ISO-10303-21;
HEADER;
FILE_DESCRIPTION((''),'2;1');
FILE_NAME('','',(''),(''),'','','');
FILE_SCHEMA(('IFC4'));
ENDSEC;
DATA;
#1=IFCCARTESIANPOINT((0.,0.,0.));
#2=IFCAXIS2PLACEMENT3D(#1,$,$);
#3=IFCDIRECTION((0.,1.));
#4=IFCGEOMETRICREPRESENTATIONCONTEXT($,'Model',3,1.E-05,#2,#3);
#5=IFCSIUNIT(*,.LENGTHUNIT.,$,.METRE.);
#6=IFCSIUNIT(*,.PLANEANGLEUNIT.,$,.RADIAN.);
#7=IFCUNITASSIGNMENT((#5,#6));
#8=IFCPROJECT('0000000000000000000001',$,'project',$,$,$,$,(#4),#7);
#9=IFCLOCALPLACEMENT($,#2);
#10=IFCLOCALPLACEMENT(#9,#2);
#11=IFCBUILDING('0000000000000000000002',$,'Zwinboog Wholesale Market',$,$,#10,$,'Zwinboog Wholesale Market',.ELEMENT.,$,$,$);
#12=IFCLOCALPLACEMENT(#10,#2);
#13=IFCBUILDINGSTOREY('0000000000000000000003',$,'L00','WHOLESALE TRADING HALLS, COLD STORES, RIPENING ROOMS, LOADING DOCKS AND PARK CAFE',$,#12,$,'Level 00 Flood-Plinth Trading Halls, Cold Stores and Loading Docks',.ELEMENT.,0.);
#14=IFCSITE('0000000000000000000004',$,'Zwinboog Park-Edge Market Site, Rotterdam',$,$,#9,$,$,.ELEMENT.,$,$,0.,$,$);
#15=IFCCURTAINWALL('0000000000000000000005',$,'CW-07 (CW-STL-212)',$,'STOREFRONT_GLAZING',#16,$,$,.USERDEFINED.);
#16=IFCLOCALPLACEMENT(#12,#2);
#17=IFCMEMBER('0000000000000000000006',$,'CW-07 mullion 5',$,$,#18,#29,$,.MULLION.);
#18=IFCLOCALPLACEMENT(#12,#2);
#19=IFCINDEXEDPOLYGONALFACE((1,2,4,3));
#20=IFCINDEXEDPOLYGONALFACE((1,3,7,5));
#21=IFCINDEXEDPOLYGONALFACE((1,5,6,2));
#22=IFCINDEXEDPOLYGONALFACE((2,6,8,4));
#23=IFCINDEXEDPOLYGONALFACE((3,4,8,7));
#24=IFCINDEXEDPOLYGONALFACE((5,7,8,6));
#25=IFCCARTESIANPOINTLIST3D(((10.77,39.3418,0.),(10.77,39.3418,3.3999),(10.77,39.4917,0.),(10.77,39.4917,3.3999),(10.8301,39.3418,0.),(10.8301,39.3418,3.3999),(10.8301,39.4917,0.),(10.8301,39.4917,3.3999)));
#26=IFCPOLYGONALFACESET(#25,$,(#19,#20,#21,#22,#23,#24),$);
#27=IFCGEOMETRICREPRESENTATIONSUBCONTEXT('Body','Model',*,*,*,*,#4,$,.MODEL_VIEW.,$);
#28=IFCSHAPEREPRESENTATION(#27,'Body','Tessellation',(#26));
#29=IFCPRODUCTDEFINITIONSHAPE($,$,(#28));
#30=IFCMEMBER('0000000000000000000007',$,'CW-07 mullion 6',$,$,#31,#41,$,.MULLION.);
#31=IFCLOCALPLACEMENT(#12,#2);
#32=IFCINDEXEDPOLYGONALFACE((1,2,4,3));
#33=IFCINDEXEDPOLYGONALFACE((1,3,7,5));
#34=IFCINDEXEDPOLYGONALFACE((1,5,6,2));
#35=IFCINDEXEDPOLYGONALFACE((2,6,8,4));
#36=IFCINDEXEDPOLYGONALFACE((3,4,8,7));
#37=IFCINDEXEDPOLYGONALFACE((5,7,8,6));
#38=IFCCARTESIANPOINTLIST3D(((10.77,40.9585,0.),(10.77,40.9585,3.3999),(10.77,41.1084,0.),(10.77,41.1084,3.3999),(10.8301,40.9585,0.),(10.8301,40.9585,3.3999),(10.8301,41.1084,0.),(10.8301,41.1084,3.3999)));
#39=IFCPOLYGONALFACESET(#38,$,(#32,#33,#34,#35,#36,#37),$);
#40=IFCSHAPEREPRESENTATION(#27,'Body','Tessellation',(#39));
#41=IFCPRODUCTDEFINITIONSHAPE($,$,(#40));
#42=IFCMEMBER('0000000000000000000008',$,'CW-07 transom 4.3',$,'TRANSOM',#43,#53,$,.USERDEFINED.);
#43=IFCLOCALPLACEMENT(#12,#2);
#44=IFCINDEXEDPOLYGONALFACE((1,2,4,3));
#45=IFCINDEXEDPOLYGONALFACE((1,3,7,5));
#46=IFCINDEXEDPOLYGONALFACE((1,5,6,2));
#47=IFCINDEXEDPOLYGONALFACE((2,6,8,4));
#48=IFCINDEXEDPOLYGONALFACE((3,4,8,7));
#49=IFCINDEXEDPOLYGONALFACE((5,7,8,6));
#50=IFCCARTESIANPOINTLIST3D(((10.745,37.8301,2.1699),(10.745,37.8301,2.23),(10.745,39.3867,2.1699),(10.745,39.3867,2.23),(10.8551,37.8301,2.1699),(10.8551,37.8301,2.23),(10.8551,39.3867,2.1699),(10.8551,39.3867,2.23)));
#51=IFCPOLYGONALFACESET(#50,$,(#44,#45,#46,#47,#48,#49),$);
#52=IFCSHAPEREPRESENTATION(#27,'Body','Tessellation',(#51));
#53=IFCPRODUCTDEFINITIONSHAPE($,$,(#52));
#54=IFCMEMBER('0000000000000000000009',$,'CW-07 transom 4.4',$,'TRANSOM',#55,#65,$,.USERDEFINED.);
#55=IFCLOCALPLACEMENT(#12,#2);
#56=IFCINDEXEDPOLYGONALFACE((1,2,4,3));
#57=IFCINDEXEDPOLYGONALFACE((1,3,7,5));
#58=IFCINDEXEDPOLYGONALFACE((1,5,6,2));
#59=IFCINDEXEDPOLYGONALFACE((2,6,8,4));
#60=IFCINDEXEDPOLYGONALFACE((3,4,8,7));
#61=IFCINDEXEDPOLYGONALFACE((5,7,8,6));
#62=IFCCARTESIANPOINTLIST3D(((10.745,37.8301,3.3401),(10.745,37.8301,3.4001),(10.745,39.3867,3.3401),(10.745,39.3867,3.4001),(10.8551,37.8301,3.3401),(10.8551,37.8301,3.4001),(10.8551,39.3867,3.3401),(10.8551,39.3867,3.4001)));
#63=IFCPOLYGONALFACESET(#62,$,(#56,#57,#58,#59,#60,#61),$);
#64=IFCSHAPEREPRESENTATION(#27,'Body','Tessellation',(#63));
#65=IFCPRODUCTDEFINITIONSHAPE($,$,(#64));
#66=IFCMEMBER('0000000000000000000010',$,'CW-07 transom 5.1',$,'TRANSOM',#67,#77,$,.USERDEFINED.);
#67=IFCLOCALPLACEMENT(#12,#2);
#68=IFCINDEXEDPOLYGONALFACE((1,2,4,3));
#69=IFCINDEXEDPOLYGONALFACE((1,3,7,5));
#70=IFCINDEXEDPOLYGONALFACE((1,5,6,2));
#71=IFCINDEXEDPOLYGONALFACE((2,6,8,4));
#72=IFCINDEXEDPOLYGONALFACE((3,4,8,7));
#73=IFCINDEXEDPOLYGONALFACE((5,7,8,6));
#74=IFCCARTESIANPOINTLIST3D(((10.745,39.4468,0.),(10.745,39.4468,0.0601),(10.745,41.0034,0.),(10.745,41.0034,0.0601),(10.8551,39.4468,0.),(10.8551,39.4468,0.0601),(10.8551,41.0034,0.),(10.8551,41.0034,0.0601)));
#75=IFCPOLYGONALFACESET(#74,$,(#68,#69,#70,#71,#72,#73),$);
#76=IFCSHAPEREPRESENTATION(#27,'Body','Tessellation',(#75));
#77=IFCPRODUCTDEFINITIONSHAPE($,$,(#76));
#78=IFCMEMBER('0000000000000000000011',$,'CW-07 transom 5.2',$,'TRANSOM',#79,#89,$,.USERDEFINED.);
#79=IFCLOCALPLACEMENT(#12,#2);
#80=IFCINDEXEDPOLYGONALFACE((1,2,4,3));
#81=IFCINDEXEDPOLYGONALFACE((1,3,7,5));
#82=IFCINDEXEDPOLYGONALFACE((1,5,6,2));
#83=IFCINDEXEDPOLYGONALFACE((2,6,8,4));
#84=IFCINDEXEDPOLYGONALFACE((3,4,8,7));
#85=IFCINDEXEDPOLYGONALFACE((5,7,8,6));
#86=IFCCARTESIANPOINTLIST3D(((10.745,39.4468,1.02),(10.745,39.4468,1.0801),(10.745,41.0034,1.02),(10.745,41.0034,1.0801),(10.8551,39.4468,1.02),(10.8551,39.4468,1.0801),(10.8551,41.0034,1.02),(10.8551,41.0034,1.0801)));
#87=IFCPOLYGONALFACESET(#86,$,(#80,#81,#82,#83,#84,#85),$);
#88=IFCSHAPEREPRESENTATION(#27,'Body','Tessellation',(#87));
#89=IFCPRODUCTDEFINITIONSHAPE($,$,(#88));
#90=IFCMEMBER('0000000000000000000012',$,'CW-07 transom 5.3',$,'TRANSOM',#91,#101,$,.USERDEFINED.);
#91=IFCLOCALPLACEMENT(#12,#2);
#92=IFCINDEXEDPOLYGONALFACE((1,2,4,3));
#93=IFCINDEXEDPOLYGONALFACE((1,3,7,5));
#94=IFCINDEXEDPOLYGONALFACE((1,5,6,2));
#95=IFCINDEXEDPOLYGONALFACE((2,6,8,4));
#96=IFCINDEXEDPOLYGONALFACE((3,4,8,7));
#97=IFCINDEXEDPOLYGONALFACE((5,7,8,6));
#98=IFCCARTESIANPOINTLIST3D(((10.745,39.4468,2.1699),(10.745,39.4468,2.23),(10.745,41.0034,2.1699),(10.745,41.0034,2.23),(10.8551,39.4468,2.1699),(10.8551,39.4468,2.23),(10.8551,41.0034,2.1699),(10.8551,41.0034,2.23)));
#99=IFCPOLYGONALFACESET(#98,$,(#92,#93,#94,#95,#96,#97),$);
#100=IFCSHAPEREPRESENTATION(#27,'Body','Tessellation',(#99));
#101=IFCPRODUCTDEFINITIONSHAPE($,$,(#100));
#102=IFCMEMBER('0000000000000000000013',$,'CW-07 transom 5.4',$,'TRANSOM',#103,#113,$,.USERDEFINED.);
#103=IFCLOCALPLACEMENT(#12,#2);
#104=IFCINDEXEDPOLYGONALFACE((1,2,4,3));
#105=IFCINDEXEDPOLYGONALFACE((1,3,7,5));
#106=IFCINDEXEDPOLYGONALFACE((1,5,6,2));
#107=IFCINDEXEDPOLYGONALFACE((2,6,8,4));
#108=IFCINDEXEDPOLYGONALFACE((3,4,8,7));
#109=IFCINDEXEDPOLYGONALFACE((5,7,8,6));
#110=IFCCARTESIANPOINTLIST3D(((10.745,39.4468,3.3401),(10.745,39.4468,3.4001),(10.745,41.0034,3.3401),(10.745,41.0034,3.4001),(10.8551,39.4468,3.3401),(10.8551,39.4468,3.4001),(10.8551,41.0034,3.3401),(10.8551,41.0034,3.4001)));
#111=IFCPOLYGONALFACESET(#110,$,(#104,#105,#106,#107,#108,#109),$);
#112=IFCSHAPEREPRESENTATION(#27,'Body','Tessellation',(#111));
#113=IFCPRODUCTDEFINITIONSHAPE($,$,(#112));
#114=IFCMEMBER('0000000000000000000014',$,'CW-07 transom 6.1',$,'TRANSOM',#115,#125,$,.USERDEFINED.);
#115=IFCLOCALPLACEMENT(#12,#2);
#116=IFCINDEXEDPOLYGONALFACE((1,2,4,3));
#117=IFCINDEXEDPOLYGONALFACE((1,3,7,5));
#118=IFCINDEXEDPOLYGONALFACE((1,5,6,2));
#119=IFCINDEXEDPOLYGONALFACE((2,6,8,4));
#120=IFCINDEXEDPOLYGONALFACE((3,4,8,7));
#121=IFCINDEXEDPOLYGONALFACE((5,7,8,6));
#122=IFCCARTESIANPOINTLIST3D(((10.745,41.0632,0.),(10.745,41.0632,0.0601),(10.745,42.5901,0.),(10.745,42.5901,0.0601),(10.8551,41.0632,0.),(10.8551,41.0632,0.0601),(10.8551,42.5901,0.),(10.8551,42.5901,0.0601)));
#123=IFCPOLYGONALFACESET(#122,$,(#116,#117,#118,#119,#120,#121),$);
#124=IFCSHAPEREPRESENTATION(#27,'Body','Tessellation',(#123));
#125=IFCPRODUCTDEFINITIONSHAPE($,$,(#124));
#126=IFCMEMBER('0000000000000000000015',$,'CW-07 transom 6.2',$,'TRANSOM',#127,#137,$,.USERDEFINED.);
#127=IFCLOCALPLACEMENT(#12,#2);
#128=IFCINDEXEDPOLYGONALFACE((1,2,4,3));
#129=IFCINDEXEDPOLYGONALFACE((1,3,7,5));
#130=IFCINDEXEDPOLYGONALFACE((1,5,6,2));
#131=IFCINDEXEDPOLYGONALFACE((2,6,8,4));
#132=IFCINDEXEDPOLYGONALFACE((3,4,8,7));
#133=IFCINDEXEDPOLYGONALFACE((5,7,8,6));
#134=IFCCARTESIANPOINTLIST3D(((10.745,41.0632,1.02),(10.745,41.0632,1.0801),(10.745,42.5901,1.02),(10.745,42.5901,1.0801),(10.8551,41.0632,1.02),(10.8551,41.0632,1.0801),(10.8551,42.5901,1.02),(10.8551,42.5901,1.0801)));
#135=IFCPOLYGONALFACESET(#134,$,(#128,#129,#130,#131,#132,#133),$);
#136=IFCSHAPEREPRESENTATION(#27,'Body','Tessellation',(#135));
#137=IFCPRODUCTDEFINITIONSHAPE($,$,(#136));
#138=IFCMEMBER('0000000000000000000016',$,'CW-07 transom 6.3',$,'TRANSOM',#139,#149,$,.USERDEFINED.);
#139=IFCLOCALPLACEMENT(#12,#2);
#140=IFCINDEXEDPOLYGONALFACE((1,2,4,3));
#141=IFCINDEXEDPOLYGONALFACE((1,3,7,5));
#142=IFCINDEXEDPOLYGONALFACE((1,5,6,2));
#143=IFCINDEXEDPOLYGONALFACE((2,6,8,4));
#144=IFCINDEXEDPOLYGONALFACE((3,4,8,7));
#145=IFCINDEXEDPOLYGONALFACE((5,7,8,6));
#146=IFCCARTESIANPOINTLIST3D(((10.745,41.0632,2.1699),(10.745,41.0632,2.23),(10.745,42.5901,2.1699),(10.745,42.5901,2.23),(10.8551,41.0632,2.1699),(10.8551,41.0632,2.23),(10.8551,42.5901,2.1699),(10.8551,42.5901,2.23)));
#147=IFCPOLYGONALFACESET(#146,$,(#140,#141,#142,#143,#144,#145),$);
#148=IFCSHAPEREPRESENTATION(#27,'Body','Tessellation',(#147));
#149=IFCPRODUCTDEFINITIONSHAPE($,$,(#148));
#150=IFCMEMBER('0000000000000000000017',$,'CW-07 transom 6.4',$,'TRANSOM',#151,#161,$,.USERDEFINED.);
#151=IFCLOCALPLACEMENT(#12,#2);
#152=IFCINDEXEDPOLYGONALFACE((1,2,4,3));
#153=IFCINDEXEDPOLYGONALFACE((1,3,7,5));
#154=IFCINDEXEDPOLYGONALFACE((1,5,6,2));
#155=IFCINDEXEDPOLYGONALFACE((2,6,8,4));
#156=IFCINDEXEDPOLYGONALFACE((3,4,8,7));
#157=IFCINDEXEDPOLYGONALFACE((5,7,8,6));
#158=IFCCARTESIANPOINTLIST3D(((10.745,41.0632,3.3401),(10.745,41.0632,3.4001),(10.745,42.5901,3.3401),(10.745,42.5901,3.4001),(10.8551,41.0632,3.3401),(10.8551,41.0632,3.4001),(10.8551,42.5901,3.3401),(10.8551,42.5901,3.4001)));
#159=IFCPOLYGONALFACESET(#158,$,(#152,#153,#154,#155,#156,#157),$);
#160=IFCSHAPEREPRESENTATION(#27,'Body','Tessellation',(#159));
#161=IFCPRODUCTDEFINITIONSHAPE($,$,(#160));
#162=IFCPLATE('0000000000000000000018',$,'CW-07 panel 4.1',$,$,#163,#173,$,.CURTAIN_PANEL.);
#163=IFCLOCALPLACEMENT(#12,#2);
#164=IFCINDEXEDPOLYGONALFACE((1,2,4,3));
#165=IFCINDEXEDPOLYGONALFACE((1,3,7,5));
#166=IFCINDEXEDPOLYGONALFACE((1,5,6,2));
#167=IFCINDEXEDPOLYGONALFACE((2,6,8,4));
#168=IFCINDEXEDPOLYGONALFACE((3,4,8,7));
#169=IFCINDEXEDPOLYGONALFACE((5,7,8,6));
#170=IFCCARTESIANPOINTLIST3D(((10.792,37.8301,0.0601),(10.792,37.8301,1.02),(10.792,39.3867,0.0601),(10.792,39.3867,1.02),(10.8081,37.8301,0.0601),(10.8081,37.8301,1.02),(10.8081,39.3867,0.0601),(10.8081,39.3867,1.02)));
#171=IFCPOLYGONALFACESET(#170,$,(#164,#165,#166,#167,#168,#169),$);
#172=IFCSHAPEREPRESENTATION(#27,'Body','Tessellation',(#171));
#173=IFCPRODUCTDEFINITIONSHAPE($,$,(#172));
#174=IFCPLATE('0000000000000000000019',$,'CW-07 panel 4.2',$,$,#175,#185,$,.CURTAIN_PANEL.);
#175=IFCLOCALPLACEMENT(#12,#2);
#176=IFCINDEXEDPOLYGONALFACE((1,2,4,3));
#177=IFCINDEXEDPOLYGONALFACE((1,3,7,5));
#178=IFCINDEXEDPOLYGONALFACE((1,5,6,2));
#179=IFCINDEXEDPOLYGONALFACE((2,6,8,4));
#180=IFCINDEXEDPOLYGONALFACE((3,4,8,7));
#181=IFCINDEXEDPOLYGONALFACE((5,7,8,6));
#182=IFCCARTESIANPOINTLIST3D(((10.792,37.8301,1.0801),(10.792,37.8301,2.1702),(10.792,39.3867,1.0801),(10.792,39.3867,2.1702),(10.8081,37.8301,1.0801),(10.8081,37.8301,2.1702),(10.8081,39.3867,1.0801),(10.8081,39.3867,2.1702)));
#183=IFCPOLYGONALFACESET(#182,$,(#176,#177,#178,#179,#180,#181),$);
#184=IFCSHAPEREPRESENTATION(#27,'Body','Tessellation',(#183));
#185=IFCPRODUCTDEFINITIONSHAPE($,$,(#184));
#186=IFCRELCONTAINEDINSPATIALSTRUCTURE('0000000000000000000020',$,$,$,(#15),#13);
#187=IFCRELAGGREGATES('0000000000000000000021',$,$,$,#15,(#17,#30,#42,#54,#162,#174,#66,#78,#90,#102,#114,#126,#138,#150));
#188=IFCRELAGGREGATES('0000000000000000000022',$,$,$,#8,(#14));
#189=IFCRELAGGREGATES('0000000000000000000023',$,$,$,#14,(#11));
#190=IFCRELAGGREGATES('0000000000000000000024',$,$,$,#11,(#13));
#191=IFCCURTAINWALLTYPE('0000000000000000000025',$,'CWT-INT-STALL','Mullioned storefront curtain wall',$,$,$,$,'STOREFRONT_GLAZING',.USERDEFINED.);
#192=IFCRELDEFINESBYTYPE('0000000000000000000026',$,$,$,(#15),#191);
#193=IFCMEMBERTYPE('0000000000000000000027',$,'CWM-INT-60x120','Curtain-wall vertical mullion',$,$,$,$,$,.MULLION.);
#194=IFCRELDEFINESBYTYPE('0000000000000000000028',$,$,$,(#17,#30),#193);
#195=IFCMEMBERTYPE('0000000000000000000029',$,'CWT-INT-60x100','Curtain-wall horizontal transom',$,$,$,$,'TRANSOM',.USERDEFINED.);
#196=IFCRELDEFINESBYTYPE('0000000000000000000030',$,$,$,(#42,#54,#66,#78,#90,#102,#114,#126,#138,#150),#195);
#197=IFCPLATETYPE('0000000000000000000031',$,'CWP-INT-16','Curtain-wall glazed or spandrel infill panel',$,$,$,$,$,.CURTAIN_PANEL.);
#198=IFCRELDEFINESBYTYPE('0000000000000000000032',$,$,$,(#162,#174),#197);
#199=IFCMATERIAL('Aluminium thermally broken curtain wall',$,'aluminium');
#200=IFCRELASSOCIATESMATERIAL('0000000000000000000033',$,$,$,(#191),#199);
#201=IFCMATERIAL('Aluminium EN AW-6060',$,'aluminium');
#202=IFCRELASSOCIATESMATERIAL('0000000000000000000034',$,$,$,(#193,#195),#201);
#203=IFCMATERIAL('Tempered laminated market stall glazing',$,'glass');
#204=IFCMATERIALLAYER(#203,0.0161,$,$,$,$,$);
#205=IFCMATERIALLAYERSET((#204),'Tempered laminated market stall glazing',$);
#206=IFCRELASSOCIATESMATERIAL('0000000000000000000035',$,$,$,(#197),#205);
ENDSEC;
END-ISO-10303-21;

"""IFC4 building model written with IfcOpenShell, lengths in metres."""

from ifc_helpers import new_model, si_unit, direction, frame, origin, origin_2d, place, context, subcontext, project, spatial, rectangle, extrude, material, layer, layer_set, material_profile, profile_set, type_object, element, aggregate, save


model = new_model("IFC4")

# Units and contexts
model_context = context("Model", 3, precision=1e-05, world=origin(), true_north=direction((0.0, 1.0)))
body_context = subcontext(model_context, "Body", "Model", "MODEL_VIEW")
ifc_project = project(units=[si_unit("LENGTHUNIT", "METRE"), si_unit("PLANEANGLEUNIT", "RADIAN")], contexts=[model_context])

# Site, building, storey
site_placement = place(None, origin())
site = spatial("IfcSite", under=ifc_project, at=site_placement, Name="Zwinboog Park-Edge Market Site, Rotterdam", CompositionType="ELEMENT", RefElevation=0.0)
building_placement = place(site_placement, origin())
building = spatial("IfcBuilding", under=site, at=building_placement, Name="Zwinboog Wholesale Market", LongName="Zwinboog Wholesale Market", CompositionType="ELEMENT")
storey_placement = place(building_placement, origin())
storey = spatial("IfcBuildingStorey", under=building, at=storey_placement, Name="L00", Description="WHOLESALE TRADING HALLS, COLD STORES, RIPENING ROOMS, LOADING DOCKS AND PARK CAFE", LongName="Level 00 Flood-Plinth Trading Halls, Cold Stores and Loading Docks", CompositionType="ELEMENT", Elevation=0.0)

# Curtain wall, members, plates
ifc_material_1 = material(Name="Aluminium thermally broken curtain wall", Category="aluminium")
curtain_wall_type = type_object("IfcCurtainWallType", Name="CWT-INT-STALL", Description="Mullioned storefront curtain wall", ElementType="STOREFRONT_GLAZING", PredefinedType="USERDEFINED", material=ifc_material_1)
curtain_wall_placement = place(storey_placement, origin())
curtain_wall = element("IfcCurtainWall", 1, at=curtain_wall_placement, inside=storey, type_object=curtain_wall_type, Name="CW-07 (CW-STL-212)", ObjectType="STOREFRONT_GLAZING", PredefinedType="USERDEFINED")
ifc_material_2 = material(Name="Aluminium EN AW-6060", Category="aluminium")
ifc_material_profile_1 = material_profile(ifc_material_2, rectangle(XDim=0.0601, YDim=0.1499, at=origin_2d()), Name="AL 60x150")
ifc_profile_set_1 = profile_set([ifc_material_profile_1], Name="Aluminium EN AW-6060")
member_type_1 = type_object("IfcMemberType", Name="CWM-INT-60x120", Description="Curtain-wall vertical mullion", PredefinedType="MULLION", material=ifc_profile_set_1)
member_1_placement = place(storey_placement, frame((10.8, 39.4167, 0.0), z_axis=(0.0, 0.0, 1.0), x_axis=(-1.0, 0.0, 0.0)))
member_1 = element("IfcMember", 2, at=member_1_placement, type_object=member_type_1, Name="CW-07 mullion 5", PredefinedType="MULLION", context=body_context, shape_type="SweptSolid", body=[
    extrude(rectangle(XDim=0.0601, YDim=0.1499, at=origin_2d()), origin(), (0.0, 0.0, 1.0), 3.3999),
])
member_2_placement = place(storey_placement, frame((10.8, 41.0334, 0.0), z_axis=(0.0, 0.0, 1.0), x_axis=(-1.0, 0.0, 0.0)))
member_2 = element("IfcMember", 3, at=member_2_placement, type_object=member_type_1, Name="CW-07 mullion 6", PredefinedType="MULLION", context=body_context, shape_type="SweptSolid", body=[
    extrude(rectangle(XDim=0.0601, YDim=0.1499, at=origin_2d()), origin(), (0.0, 0.0, 1.0), 3.3999),
])
ifc_material_profile_2 = material_profile(ifc_material_2, rectangle(XDim=0.1101, YDim=0.0601, at=origin_2d()), Name="AL 60x110")
ifc_profile_set_2 = profile_set([ifc_material_profile_2], Name="Aluminium EN AW-6060")
member_type_2 = type_object("IfcMemberType", Name="CWT-INT-60x100", Description="Curtain-wall horizontal transom", ElementType="TRANSOM", PredefinedType="USERDEFINED", material=ifc_profile_set_2)
member_3_placement = place(storey_placement, frame((10.8, 37.8301, 2.2), z_axis=(0.0, 1.0, 0.0), x_axis=(-1.0, 0.0, 0.0)))
member_3 = element("IfcMember", 4, at=member_3_placement, type_object=member_type_2, Name="CW-07 transom 4.3", ObjectType="TRANSOM", PredefinedType="USERDEFINED", context=body_context, shape_type="SweptSolid", body=[
    extrude(rectangle(XDim=0.1101, YDim=0.0601, at=origin_2d()), origin(), (0.0, 0.0, 1.0), 1.5566),
])
member_4_placement = place(storey_placement, frame((10.8, 37.8301, 3.3701), z_axis=(0.0, 1.0, 0.0), x_axis=(-1.0, 0.0, 0.0)))
member_4 = element("IfcMember", 5, at=member_4_placement, type_object=member_type_2, Name="CW-07 transom 4.4", ObjectType="TRANSOM", PredefinedType="USERDEFINED", context=body_context, shape_type="SweptSolid", body=[
    extrude(rectangle(XDim=0.1101, YDim=0.0601, at=origin_2d()), origin(), (0.0, 0.0, 1.0), 1.5566),
])
member_5_placement = place(storey_placement, frame((10.8, 39.4468, 0.03), z_axis=(0.0, 1.0, 0.0), x_axis=(-1.0, 0.0, 0.0)))
member_5 = element("IfcMember", 6, at=member_5_placement, type_object=member_type_2, Name="CW-07 transom 5.1", ObjectType="TRANSOM", PredefinedType="USERDEFINED", context=body_context, shape_type="SweptSolid", body=[
    extrude(rectangle(XDim=0.1101, YDim=0.0601, at=origin_2d()), origin(), (0.0, 0.0, 1.0), 1.5566),
])
member_6_placement = place(storey_placement, frame((10.8, 39.4468, 1.05), z_axis=(0.0, 1.0, 0.0), x_axis=(-1.0, 0.0, 0.0)))
member_6 = element("IfcMember", 7, at=member_6_placement, type_object=member_type_2, Name="CW-07 transom 5.2", ObjectType="TRANSOM", PredefinedType="USERDEFINED", context=body_context, shape_type="SweptSolid", body=[
    extrude(rectangle(XDim=0.1101, YDim=0.0601, at=origin_2d()), origin(), (0.0, 0.0, 1.0), 1.5566),
])
member_7_placement = place(storey_placement, frame((10.8, 39.4468, 2.2), z_axis=(0.0, 1.0, 0.0), x_axis=(-1.0, 0.0, 0.0)))
member_7 = element("IfcMember", 8, at=member_7_placement, type_object=member_type_2, Name="CW-07 transom 5.3", ObjectType="TRANSOM", PredefinedType="USERDEFINED", context=body_context, shape_type="SweptSolid", body=[
    extrude(rectangle(XDim=0.1101, YDim=0.0601, at=origin_2d()), origin(), (0.0, 0.0, 1.0), 1.5566),
])
member_8_placement = place(storey_placement, frame((10.8, 39.4468, 3.3701), z_axis=(0.0, 1.0, 0.0), x_axis=(-1.0, 0.0, 0.0)))
member_8 = element("IfcMember", 9, at=member_8_placement, type_object=member_type_2, Name="CW-07 transom 5.4", ObjectType="TRANSOM", PredefinedType="USERDEFINED", context=body_context, shape_type="SweptSolid", body=[
    extrude(rectangle(XDim=0.1101, YDim=0.0601, at=origin_2d()), origin(), (0.0, 0.0, 1.0), 1.5566),
])
member_9_placement = place(storey_placement, frame((10.8, 41.0632, 0.03), z_axis=(0.0, 1.0, 0.0), x_axis=(-1.0, 0.0, 0.0)))
member_9 = element("IfcMember", 10, at=member_9_placement, type_object=member_type_2, Name="CW-07 transom 6.1", ObjectType="TRANSOM", PredefinedType="USERDEFINED", context=body_context, shape_type="SweptSolid", body=[
    extrude(rectangle(XDim=0.1101, YDim=0.0601, at=origin_2d()), origin(), (0.0, 0.0, 1.0), 1.5269),
])
member_10_placement = place(storey_placement, frame((10.8, 41.0632, 1.05), z_axis=(0.0, 1.0, 0.0), x_axis=(-1.0, 0.0, 0.0)))
member_10 = element("IfcMember", 11, at=member_10_placement, type_object=member_type_2, Name="CW-07 transom 6.2", ObjectType="TRANSOM", PredefinedType="USERDEFINED", context=body_context, shape_type="SweptSolid", body=[
    extrude(rectangle(XDim=0.1101, YDim=0.0601, at=origin_2d()), origin(), (0.0, 0.0, 1.0), 1.5269),
])
member_11_placement = place(storey_placement, frame((10.8, 41.0632, 2.2), z_axis=(0.0, 1.0, 0.0), x_axis=(-1.0, 0.0, 0.0)))
member_11 = element("IfcMember", 12, at=member_11_placement, type_object=member_type_2, Name="CW-07 transom 6.3", ObjectType="TRANSOM", PredefinedType="USERDEFINED", context=body_context, shape_type="SweptSolid", body=[
    extrude(rectangle(XDim=0.1101, YDim=0.0601, at=origin_2d()), origin(), (0.0, 0.0, 1.0), 1.5269),
])
member_12_placement = place(storey_placement, frame((10.8, 41.0632, 3.3701), z_axis=(0.0, 1.0, 0.0), x_axis=(-1.0, 0.0, 0.0)))
member_12 = element("IfcMember", 13, at=member_12_placement, type_object=member_type_2, Name="CW-07 transom 6.4", ObjectType="TRANSOM", PredefinedType="USERDEFINED", context=body_context, shape_type="SweptSolid", body=[
    extrude(rectangle(XDim=0.1101, YDim=0.0601, at=origin_2d()), origin(), (0.0, 0.0, 1.0), 1.5269),
])
ifc_material_3 = material(Name="Tempered laminated market stall glazing", Category="glass")
ifc_layer = layer(ifc_material_3, 0.0161)
ifc_layer_set = layer_set([ifc_layer], Name="Tempered laminated market stall glazing")
plate_type = type_object("IfcPlateType", Name="CWP-INT-16", Description="Curtain-wall glazed or spandrel infill panel", PredefinedType="CURTAIN_PANEL", material=ifc_layer_set)
plate_1_placement = place(storey_placement, frame((10.8, 38.6084, 0.0601), z_axis=(0.0, 0.0, 1.0), x_axis=(0.0, 1.0, 0.0)))
plate_1 = element("IfcPlate", 14, at=plate_1_placement, type_object=plate_type, Name="CW-07 panel 4.1", PredefinedType="CURTAIN_PANEL", context=body_context, shape_type="SweptSolid", body=[
    extrude(rectangle(XDim=1.5566, YDim=0.0161, at=origin_2d()), origin(), (0.0, 0.0, 1.0), 0.96),
])
plate_2_placement = place(storey_placement, frame((10.8, 38.6084, 1.0801), z_axis=(0.0, 0.0, 1.0), x_axis=(0.0, 1.0, 0.0)))
plate_2 = element("IfcPlate", 15, at=plate_2_placement, type_object=plate_type, Name="CW-07 panel 4.2", PredefinedType="CURTAIN_PANEL", context=body_context, shape_type="SweptSolid", body=[
    extrude(rectangle(XDim=1.5566, YDim=0.0161, at=origin_2d()), origin(), (0.0, 0.0, 1.0), 1.0901),
])
aggregate(curtain_wall, [member_1, member_2, member_3, member_4, plate_1, plate_2, member_5, member_6, member_7, member_8, member_9, member_10, member_11, member_12])

save(model, "model.ifc")
